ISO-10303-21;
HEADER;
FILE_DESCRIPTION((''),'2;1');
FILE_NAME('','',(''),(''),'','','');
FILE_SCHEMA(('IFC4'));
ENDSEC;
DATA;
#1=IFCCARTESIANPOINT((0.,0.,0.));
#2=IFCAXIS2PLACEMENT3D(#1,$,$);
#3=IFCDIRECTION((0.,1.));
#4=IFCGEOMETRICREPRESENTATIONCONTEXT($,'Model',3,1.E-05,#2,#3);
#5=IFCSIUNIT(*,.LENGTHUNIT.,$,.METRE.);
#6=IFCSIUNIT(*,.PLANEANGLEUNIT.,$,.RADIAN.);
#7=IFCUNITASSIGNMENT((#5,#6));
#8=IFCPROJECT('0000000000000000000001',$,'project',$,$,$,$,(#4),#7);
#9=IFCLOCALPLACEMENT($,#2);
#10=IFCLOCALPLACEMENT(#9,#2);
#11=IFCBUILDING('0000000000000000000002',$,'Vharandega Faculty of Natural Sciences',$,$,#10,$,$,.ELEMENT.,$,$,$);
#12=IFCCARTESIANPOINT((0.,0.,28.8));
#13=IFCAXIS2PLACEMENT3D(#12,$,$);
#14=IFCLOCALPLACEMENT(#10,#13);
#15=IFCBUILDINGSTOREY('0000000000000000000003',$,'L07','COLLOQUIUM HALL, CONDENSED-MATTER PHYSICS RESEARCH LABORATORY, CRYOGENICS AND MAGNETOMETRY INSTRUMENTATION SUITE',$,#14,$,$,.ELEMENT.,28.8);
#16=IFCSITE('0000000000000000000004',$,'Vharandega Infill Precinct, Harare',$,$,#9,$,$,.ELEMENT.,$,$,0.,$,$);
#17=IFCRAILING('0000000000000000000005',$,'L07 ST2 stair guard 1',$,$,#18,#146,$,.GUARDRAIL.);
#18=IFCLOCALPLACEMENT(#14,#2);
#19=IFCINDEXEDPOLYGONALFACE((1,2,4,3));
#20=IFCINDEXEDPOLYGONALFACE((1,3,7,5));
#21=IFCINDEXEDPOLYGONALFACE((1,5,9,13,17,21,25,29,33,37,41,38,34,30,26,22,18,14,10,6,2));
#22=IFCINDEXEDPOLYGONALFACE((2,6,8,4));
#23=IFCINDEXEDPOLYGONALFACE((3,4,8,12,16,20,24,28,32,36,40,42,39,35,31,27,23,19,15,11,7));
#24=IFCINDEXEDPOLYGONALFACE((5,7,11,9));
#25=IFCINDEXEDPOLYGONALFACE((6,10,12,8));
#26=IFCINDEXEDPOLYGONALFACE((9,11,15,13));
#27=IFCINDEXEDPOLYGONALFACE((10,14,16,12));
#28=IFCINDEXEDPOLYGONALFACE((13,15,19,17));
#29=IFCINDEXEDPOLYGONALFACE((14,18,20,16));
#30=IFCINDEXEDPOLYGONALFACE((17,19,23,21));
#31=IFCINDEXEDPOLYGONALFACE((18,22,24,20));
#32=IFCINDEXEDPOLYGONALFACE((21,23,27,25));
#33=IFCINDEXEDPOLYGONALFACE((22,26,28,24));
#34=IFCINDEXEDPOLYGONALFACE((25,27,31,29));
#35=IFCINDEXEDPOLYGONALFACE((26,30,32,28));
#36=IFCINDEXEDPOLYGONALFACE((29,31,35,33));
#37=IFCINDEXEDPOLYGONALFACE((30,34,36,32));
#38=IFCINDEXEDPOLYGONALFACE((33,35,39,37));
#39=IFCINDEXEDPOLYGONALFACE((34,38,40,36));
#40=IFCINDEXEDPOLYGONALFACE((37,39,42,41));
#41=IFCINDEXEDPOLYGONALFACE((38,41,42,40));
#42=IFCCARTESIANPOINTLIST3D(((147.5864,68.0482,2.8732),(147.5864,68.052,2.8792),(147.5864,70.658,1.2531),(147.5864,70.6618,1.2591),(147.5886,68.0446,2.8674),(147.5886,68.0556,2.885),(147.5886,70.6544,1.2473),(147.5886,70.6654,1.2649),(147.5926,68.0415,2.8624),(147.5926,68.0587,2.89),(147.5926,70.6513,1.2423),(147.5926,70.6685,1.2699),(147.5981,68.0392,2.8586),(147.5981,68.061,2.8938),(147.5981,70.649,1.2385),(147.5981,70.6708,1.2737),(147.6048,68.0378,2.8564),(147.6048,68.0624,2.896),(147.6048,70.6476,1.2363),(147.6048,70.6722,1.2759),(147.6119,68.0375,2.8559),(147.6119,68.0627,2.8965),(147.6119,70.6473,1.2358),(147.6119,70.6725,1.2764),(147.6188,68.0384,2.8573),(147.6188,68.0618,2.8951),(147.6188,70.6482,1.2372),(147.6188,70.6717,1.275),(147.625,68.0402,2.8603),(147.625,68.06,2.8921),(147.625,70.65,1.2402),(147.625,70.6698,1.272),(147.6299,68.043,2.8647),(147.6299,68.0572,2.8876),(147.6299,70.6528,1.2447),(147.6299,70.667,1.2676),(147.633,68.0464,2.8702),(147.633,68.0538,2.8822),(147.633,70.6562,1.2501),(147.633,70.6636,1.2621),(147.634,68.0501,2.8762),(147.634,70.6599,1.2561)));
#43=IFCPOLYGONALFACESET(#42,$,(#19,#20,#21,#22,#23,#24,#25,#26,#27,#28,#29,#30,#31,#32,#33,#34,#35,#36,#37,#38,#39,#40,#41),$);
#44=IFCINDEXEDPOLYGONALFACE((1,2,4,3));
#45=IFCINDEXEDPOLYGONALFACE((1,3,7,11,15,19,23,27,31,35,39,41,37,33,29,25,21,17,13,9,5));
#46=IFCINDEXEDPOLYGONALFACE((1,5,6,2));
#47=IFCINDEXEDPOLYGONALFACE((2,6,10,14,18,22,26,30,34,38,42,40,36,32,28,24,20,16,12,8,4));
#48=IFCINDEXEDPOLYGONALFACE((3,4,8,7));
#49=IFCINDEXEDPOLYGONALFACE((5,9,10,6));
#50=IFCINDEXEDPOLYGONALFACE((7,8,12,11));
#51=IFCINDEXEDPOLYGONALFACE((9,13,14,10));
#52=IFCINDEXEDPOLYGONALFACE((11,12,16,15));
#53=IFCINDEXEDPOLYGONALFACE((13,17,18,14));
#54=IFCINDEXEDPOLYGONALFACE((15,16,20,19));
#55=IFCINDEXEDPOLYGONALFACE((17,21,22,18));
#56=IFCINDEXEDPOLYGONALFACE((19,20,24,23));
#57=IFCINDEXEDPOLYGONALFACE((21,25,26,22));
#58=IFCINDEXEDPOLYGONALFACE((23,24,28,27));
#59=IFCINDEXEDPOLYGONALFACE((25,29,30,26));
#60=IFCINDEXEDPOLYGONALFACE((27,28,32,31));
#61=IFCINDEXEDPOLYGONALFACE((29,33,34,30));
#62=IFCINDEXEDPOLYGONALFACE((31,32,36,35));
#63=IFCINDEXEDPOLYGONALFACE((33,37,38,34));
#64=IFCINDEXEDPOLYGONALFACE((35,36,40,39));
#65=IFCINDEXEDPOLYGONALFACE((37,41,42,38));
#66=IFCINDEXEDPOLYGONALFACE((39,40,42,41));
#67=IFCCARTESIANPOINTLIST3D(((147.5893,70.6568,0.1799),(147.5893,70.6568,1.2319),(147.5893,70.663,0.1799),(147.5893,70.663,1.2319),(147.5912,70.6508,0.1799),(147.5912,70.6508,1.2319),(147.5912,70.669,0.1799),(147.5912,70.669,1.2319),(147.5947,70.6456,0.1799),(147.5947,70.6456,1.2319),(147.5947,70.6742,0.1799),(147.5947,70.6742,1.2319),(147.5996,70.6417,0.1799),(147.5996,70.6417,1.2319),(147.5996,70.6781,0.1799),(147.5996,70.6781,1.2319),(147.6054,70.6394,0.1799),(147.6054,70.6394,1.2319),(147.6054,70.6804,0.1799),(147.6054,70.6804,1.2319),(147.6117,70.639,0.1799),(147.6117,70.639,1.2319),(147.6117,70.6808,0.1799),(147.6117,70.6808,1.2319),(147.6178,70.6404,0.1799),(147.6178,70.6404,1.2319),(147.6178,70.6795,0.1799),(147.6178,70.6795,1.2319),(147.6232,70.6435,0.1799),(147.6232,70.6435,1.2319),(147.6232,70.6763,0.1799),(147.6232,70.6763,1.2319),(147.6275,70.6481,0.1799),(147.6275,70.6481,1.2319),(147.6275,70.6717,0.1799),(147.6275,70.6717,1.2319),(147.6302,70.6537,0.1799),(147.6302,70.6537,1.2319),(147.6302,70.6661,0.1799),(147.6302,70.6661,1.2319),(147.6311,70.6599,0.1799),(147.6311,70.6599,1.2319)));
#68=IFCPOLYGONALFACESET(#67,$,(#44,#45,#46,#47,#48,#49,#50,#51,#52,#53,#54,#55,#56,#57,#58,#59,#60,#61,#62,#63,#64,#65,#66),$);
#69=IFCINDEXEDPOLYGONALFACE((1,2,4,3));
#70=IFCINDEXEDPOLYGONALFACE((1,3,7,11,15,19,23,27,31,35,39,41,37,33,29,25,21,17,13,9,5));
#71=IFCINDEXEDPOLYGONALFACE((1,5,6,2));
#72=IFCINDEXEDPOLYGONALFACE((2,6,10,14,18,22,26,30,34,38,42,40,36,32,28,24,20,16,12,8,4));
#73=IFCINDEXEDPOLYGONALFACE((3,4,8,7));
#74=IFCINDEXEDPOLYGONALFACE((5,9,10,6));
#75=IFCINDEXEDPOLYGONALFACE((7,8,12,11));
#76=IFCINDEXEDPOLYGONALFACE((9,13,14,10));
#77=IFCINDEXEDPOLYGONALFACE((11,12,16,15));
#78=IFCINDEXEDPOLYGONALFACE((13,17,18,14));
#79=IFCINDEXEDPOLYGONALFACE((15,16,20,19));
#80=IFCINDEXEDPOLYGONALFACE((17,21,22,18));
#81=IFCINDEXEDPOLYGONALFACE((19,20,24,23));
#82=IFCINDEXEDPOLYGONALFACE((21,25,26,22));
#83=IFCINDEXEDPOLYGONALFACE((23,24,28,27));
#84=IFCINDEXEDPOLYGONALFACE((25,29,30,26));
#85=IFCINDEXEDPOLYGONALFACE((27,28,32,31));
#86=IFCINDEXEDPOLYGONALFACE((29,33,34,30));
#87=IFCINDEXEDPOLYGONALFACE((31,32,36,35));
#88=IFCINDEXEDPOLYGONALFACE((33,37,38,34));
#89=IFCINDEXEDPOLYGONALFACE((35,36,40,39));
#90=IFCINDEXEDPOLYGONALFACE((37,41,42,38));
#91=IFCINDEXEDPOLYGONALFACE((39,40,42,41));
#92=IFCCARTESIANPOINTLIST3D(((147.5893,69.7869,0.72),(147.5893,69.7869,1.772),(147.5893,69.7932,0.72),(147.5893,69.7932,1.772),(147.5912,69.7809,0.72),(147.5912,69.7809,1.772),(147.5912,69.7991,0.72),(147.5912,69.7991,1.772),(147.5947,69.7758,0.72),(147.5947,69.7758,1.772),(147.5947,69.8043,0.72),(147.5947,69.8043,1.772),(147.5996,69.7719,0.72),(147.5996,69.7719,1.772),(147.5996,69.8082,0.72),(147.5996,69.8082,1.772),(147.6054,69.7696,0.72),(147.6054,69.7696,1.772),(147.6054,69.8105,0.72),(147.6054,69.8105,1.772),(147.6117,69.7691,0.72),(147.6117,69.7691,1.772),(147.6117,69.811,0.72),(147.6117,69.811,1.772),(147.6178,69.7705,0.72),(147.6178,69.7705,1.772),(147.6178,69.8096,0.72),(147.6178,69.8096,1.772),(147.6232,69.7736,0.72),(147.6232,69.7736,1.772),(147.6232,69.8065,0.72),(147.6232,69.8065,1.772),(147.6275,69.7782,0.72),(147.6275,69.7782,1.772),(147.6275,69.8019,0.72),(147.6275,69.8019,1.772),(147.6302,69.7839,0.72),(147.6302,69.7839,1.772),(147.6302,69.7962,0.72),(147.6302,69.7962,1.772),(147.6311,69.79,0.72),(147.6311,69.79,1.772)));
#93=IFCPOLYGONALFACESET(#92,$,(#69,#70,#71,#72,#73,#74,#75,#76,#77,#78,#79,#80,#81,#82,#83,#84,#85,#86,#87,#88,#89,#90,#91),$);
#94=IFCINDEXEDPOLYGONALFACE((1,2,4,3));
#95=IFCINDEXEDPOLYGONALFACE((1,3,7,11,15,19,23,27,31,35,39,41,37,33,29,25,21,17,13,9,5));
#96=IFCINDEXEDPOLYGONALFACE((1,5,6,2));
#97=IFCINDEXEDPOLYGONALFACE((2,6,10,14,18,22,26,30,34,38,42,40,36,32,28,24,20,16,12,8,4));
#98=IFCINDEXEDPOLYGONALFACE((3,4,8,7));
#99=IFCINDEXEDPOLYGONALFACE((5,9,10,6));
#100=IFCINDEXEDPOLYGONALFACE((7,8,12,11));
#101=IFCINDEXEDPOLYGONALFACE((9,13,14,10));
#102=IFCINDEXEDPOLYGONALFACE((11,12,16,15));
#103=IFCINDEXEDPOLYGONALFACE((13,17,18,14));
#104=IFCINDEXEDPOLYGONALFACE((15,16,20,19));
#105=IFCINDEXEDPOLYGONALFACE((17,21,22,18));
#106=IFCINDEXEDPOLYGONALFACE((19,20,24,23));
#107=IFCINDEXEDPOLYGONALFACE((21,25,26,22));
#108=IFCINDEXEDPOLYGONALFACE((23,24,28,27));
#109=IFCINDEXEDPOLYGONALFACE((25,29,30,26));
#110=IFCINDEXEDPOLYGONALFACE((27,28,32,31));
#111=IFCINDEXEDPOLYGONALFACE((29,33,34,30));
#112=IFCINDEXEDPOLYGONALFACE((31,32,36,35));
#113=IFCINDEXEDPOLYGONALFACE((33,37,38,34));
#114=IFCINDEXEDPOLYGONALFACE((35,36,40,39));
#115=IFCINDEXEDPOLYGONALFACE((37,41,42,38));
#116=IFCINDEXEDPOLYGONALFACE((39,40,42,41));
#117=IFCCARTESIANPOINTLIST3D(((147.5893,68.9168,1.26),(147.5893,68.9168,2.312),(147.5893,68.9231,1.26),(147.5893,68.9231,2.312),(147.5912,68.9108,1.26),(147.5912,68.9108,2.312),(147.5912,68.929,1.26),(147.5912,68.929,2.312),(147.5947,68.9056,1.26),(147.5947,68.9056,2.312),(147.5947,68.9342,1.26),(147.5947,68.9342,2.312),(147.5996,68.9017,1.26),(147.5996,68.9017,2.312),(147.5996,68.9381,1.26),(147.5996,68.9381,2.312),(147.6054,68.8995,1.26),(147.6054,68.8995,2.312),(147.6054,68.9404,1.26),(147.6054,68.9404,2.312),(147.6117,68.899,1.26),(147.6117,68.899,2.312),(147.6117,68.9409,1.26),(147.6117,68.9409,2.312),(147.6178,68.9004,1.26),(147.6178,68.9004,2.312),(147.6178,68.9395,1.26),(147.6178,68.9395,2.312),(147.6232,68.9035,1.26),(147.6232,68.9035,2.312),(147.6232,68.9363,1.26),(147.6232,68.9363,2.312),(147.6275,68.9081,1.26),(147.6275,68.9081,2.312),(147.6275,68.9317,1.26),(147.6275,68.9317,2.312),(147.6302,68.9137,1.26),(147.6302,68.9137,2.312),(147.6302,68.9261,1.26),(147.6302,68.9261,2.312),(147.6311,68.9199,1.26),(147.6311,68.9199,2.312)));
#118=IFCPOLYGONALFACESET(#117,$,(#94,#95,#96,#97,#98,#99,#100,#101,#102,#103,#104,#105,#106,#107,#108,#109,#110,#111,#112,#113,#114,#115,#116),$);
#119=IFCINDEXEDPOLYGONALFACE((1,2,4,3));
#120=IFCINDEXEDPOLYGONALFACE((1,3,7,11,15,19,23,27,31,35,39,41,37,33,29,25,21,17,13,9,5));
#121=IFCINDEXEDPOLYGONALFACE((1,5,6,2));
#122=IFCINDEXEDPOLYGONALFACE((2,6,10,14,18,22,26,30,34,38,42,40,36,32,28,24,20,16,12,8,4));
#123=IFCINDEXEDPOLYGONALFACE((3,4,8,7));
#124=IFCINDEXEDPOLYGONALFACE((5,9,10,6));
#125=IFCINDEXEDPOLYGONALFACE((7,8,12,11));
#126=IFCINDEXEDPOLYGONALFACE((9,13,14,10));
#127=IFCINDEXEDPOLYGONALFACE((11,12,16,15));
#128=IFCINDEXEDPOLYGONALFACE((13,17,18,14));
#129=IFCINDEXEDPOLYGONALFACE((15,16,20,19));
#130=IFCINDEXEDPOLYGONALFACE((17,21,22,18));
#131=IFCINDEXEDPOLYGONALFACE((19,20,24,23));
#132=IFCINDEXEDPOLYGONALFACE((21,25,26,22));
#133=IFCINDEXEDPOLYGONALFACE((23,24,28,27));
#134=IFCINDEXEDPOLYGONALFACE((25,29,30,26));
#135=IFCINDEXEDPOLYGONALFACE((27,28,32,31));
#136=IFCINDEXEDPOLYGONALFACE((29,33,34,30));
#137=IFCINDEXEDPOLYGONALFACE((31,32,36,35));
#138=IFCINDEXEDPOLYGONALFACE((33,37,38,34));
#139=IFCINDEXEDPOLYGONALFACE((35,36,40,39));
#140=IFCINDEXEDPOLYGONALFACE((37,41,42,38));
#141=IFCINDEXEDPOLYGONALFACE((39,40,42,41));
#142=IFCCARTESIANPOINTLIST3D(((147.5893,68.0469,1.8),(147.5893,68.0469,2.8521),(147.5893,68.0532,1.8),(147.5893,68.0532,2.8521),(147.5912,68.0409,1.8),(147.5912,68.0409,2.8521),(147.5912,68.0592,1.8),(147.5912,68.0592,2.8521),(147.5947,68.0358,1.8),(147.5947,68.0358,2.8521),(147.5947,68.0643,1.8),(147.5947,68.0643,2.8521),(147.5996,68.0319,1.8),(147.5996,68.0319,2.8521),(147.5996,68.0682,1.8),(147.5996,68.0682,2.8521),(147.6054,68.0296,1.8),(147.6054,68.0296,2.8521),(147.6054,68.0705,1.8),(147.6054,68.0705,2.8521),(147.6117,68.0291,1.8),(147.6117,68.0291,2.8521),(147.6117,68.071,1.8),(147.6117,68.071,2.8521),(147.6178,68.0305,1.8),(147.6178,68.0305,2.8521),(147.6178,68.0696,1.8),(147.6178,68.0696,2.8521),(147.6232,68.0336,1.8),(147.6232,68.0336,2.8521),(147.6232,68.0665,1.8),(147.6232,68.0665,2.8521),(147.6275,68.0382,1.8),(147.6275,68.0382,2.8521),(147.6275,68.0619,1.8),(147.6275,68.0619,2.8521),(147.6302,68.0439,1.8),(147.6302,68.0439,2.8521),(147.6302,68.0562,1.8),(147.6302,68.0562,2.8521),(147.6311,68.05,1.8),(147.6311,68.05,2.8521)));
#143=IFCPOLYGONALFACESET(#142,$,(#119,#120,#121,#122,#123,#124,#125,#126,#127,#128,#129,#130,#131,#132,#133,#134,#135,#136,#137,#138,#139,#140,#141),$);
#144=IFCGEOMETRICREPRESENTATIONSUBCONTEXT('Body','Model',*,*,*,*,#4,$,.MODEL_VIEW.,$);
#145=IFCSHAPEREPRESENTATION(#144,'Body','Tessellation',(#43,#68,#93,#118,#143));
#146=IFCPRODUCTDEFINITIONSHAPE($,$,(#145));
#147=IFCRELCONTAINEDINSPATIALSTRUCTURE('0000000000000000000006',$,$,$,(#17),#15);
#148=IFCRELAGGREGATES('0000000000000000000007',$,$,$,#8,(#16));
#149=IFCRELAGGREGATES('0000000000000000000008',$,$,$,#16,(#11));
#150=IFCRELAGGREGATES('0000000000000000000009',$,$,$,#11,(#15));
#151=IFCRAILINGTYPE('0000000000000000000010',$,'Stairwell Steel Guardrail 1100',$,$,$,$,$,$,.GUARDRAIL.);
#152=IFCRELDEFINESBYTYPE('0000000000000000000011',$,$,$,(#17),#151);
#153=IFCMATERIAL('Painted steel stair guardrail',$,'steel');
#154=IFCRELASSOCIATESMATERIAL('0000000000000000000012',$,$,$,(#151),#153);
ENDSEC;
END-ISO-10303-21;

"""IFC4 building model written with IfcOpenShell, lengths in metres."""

from ifc_helpers import new_model, si_unit, direction, frame, origin, origin_2d, place, context, subcontext, project, spatial, circle, extrude, material, type_object, element, save


model = new_model("IFC4")

# Units and contexts
model_context = context("Model", 3, precision=1e-05, world=origin(), true_north=direction((0.0, 1.0)))
body_context = subcontext(model_context, "Body", "Model", "MODEL_VIEW")
ifc_project = project(units=[si_unit("LENGTHUNIT", "METRE"), si_unit("PLANEANGLEUNIT", "RADIAN")], contexts=[model_context])

# Site, building, storey
site_placement = place(None, origin())
site = spatial("IfcSite", under=ifc_project, at=site_placement, Name="Vharandega Infill Precinct, Harare", CompositionType="ELEMENT", RefElevation=0.0)
building_placement = place(site_placement, origin())
building = spatial("IfcBuilding", under=site, at=building_placement, Name="Vharandega Faculty of Natural Sciences", CompositionType="ELEMENT")
storey_placement = place(building_placement, frame((0.0, 0.0, 28.8)))
storey = spatial("IfcBuildingStorey", under=building, at=storey_placement, Name="L07", Description="COLLOQUIUM HALL, CONDENSED-MATTER PHYSICS RESEARCH LABORATORY, CRYOGENICS AND MAGNETOMETRY INSTRUMENTATION SUITE", CompositionType="ELEMENT", Elevation=28.8)

# Railing
ifc_material_1 = material(Name="Painted steel stair guardrail", Category="steel")
railing_type_1 = type_object("IfcRailingType", Name="Stairwell Steel Guardrail 1100", PredefinedType="GUARDRAIL", material=ifc_material_1)
railing_1_placement = place(storey_placement, frame((147.6101, 70.6599, 0.1799)))
element("IfcRailing", 1, at=railing_1_placement, inside=storey, type_object=railing_type_1, Name="L07 ST2 stair guard 1", PredefinedType="GUARDRAIL", context=body_context, shape_type="SweptSolid", body=[
    extrude(circle(Radius=0.0239, at=origin_2d()), frame((0.0, 0.0, 1.0762), z_axis=(0.0, -0.849611, 0.52741), x_axis=(1.0, 0.0, 0.0)), (0.0, 0.0, 1.0), 3.0718),
    extrude(circle(Radius=0.021, at=origin_2d()), origin(), (0.0, 0.0, 1.0), 1.052),
    extrude(circle(Radius=0.021, at=origin_2d()), frame((0.0, -0.8699, 0.54)), (0.0, 0.0, 1.0), 1.052),
    extrude(circle(Radius=0.021, at=origin_2d()), frame((0.0, -1.74, 1.0801)), (0.0, 0.0, 1.0), 1.052),
    extrude(circle(Radius=0.021, at=origin_2d()), frame((0.0, -2.6099, 1.6201)), (0.0, 0.0, 1.0), 1.052),
])

save(model, "model.ifc")
